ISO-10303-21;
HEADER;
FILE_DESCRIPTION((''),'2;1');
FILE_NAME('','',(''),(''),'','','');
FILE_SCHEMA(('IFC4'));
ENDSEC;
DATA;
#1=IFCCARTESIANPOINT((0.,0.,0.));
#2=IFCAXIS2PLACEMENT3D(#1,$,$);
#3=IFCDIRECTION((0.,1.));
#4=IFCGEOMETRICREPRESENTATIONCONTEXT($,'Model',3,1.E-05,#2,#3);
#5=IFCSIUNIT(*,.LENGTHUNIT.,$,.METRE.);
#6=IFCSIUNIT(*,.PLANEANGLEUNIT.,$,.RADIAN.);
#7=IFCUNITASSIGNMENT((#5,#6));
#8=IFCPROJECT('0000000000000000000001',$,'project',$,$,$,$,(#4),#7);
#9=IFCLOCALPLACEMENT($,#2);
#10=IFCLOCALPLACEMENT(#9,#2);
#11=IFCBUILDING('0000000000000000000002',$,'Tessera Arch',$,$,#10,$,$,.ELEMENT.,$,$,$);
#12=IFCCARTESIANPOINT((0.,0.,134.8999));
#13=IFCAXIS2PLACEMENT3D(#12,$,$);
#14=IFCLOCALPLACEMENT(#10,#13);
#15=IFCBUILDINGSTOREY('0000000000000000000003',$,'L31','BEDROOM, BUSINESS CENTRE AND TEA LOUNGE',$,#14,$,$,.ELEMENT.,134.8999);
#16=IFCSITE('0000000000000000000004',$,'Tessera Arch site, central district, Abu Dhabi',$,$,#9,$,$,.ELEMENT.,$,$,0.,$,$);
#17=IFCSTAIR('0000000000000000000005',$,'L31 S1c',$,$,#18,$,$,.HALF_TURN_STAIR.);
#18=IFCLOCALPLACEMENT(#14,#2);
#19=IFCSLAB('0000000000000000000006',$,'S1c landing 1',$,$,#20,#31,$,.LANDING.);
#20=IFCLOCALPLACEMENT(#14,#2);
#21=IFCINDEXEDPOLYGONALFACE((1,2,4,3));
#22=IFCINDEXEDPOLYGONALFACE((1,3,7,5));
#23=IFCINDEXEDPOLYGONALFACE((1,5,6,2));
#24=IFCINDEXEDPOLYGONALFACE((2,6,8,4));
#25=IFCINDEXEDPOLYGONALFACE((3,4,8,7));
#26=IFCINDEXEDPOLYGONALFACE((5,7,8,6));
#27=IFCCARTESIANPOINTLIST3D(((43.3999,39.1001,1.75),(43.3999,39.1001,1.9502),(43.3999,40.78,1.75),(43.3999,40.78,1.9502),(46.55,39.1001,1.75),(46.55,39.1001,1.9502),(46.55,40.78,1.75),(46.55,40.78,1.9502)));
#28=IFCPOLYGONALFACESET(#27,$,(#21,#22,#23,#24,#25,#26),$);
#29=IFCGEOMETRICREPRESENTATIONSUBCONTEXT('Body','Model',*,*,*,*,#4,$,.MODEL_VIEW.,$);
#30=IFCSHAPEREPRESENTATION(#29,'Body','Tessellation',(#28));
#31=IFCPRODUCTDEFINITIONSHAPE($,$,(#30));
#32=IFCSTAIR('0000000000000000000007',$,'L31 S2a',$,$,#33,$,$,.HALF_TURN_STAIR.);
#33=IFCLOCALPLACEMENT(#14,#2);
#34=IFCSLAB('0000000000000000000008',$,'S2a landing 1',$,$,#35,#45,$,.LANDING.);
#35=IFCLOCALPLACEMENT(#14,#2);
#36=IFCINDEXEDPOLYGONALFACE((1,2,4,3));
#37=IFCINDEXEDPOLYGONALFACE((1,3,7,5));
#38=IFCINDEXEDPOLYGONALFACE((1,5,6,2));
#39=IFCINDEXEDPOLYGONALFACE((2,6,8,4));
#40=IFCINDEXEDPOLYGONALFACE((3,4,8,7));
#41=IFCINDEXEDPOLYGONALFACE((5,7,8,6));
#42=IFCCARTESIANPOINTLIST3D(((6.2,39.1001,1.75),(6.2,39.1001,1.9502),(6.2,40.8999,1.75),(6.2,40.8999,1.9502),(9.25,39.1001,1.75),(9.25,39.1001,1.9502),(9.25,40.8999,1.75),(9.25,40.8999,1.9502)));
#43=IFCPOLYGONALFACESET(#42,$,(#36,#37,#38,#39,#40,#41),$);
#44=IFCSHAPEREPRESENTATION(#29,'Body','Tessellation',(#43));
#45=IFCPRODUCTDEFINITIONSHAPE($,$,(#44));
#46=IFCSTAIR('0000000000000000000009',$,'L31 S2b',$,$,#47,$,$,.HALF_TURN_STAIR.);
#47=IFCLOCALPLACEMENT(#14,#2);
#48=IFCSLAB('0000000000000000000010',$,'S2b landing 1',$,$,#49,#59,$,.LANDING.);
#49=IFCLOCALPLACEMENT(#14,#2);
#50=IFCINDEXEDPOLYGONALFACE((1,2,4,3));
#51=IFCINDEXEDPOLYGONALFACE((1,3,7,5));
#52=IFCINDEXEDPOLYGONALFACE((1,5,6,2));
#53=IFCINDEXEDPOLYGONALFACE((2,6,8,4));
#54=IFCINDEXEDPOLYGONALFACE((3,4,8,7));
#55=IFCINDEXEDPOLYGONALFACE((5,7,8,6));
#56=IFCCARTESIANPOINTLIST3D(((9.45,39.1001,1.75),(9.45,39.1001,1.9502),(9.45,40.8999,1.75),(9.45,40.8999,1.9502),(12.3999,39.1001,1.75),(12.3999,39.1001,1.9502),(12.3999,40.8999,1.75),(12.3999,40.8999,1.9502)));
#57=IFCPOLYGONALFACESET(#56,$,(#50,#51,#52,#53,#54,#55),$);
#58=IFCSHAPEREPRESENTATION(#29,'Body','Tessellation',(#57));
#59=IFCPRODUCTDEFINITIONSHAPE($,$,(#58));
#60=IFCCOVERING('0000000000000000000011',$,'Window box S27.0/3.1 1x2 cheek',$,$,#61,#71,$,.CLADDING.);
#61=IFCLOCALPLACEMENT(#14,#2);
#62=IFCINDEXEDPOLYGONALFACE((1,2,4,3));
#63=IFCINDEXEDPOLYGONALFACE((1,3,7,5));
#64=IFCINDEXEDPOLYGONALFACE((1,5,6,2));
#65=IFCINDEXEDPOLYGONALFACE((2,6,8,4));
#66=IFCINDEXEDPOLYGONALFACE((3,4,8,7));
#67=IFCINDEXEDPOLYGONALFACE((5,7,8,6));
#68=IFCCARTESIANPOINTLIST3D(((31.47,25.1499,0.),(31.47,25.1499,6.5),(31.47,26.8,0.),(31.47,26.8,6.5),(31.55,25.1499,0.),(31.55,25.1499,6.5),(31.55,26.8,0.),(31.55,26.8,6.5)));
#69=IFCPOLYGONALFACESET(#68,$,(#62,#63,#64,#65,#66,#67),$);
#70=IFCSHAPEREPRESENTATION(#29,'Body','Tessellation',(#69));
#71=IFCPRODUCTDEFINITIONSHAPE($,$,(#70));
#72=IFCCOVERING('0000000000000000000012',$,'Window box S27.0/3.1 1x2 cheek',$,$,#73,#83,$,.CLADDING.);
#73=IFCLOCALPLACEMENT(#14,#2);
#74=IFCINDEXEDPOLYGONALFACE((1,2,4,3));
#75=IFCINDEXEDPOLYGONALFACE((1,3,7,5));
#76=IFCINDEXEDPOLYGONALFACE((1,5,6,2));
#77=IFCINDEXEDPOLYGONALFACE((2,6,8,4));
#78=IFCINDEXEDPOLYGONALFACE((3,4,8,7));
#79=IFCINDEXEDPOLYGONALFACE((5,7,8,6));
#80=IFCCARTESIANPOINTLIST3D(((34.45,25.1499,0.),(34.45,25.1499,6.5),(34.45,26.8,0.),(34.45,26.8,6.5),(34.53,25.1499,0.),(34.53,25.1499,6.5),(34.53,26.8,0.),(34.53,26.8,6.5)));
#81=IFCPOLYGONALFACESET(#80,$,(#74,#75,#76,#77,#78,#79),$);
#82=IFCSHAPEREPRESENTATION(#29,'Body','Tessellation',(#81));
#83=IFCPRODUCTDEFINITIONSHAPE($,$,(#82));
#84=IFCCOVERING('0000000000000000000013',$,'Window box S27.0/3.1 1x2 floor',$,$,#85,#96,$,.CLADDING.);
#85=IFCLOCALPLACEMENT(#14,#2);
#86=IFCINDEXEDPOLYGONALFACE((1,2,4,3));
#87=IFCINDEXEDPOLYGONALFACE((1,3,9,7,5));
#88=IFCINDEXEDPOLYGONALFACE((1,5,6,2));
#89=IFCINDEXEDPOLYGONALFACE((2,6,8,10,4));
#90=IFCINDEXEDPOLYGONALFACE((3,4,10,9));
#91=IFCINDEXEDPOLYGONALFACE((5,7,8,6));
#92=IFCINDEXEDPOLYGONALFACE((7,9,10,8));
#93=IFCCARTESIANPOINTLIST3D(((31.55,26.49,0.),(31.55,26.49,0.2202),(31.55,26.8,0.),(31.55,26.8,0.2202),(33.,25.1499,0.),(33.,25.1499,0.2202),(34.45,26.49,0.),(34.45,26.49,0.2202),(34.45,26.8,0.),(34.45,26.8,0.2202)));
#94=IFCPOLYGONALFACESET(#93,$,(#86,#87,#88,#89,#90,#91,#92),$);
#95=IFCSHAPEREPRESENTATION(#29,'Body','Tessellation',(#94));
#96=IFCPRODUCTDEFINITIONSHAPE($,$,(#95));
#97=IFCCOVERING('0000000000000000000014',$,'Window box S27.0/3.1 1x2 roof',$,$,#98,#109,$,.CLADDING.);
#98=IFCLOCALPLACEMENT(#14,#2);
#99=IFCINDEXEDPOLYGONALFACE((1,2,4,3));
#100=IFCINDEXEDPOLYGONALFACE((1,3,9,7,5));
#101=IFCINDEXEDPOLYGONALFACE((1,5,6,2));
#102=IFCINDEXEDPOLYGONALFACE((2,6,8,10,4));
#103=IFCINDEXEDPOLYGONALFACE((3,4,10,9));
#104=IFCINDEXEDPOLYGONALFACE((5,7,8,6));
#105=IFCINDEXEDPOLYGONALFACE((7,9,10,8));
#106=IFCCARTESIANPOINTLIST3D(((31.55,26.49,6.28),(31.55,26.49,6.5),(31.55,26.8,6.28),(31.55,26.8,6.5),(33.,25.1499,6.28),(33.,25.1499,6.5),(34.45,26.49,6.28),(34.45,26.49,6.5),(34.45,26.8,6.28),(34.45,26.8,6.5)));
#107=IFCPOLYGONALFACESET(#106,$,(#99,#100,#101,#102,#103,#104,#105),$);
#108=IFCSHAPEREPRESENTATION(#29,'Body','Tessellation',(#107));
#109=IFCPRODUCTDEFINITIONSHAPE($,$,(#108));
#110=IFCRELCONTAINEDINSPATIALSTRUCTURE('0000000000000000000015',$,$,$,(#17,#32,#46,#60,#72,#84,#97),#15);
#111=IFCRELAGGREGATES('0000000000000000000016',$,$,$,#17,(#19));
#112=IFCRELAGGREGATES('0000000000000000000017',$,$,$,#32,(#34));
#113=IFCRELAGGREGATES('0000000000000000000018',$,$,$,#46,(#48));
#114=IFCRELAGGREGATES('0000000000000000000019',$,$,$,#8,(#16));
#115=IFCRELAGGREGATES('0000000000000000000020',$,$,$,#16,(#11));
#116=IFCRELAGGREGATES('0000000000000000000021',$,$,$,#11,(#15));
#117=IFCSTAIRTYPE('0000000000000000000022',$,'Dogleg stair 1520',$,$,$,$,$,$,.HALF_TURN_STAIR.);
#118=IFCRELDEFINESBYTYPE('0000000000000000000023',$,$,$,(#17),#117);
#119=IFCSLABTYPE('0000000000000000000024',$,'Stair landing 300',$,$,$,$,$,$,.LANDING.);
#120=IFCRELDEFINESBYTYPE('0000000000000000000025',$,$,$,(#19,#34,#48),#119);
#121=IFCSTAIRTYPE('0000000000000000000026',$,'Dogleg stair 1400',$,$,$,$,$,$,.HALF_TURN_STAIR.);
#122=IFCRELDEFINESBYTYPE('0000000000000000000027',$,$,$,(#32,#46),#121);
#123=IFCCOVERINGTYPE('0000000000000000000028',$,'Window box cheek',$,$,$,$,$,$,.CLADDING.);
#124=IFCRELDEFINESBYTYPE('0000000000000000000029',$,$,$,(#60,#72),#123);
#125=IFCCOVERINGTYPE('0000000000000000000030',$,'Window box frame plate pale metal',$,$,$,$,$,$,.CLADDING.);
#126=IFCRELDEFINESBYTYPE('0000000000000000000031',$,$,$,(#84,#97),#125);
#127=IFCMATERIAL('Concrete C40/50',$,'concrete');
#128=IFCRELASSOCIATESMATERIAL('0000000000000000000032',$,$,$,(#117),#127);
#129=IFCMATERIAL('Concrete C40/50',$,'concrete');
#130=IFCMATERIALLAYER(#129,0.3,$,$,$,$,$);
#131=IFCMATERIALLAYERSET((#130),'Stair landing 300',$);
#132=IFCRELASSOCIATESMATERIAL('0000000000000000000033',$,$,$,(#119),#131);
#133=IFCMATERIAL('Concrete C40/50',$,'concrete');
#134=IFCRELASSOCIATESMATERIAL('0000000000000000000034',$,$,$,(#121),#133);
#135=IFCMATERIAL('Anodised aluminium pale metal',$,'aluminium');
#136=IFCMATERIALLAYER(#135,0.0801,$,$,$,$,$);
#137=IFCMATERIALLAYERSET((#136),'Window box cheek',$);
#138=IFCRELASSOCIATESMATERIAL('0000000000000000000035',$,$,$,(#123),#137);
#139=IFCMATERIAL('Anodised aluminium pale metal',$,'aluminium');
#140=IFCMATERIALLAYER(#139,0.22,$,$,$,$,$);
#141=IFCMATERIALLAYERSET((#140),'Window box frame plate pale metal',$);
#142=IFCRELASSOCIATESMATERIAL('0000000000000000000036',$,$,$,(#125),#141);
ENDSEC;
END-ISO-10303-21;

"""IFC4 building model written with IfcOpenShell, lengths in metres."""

from ifc_helpers import new_model, si_unit, direction, frame, origin, place, context, subcontext, project, spatial, polyline, outline, extrude, material, layer, layer_set, type_object, element, aggregate, save


model = new_model("IFC4")

# Units and contexts
model_context = context("Model", 3, precision=1e-05, world=origin(), true_north=direction((0.0, 1.0)))
body_context = subcontext(model_context, "Body", "Model", "MODEL_VIEW")
ifc_project = project(units=[si_unit("LENGTHUNIT", "METRE"), si_unit("PLANEANGLEUNIT", "RADIAN")], contexts=[model_context])

# Site, building, storey
site_placement = place(None, origin())
site = spatial("IfcSite", under=ifc_project, at=site_placement, Name="Tessera Arch site, central district, Abu Dhabi", CompositionType="ELEMENT", RefElevation=0.0)
building_placement = place(site_placement, origin())
building = spatial("IfcBuilding", under=site, at=building_placement, Name="Tessera Arch", CompositionType="ELEMENT")
storey_placement = place(building_placement, frame((0.0, 0.0, 134.8999)))
storey = spatial("IfcBuildingStorey", under=building, at=storey_placement, Name="L31", Description="BEDROOM, BUSINESS CENTRE AND TEA LOUNGE", CompositionType="ELEMENT", Elevation=134.8999)

# Stairs, slabs
ifc_material_1 = material(Name="Concrete C40/50", Category="concrete")
stair_type_1 = type_object("IfcStairType", Name="Dogleg stair 1520", PredefinedType="HALF_TURN_STAIR", material=ifc_material_1)
ifc_material_2 = material(Name="Concrete C40/50", Category="concrete")
ifc_layer_1 = layer(ifc_material_2, 0.3)
ifc_layer_set_1 = layer_set([ifc_layer_1], Name="Stair landing 300")
slab_type_1 = type_object("IfcSlabType", Name="Stair landing 300", PredefinedType="LANDING", material=ifc_layer_set_1)
stair_1_placement = place(storey_placement, origin())
stair_1 = element("IfcStair", 1, at=stair_1_placement, inside=storey, type_object=stair_type_1, Name="L31 S1c", PredefinedType="HALF_TURN_STAIR")
slab_1_placement = place(storey_placement, frame((0.0, 0.0, 1.75)))
slab_1 = element("IfcSlab", 2, at=slab_1_placement, type_object=slab_type_1, Name="S1c landing 1", PredefinedType="LANDING", context=body_context, shape_type="SweptSolid", body=[
    extrude(outline(polyline([(43.3999, 40.78), (43.3999, 39.1001), (46.55, 39.1001), (46.55, 40.78), (43.3999, 40.78)])), origin(), (0.0, 0.0, 1.0), 0.2002),
])
aggregate(stair_1, [slab_1])
ifc_material_3 = material(Name="Concrete C40/50", Category="concrete")
stair_type_2 = type_object("IfcStairType", Name="Dogleg stair 1400", PredefinedType="HALF_TURN_STAIR", material=ifc_material_3)
stair_2_placement = place(storey_placement, origin())
stair_2 = element("IfcStair", 3, at=stair_2_placement, inside=storey, type_object=stair_type_2, Name="L31 S2a", PredefinedType="HALF_TURN_STAIR")
slab_2_placement = place(storey_placement, frame((0.0, 0.0, 1.75)))
slab_2 = element("IfcSlab", 4, at=slab_2_placement, type_object=slab_type_1, Name="S2a landing 1", PredefinedType="LANDING", context=body_context, shape_type="SweptSolid", body=[
    extrude(outline(polyline([(6.2, 40.8999), (6.2, 39.1001), (9.25, 39.1001), (9.25, 40.8999), (6.2, 40.8999)])), origin(), (0.0, 0.0, 1.0), 0.2002),
])
aggregate(stair_2, [slab_2])
stair_3_placement = place(storey_placement, origin())
stair_3 = element("IfcStair", 5, at=stair_3_placement, inside=storey, type_object=stair_type_2, Name="L31 S2b", PredefinedType="HALF_TURN_STAIR")
slab_3_placement = place(storey_placement, frame((0.0, 0.0, 1.75)))
slab_3 = element("IfcSlab", 6, at=slab_3_placement, type_object=slab_type_1, Name="S2b landing 1", PredefinedType="LANDING", context=body_context, shape_type="SweptSolid", body=[
    extrude(outline(polyline([(9.45, 40.8999), (9.45, 39.1001), (12.3999, 39.1001), (12.3999, 40.8999), (9.45, 40.8999)])), origin(), (0.0, 0.0, 1.0), 0.2002),
])
aggregate(stair_3, [slab_3])

# Coverings
ifc_material_4 = material(Name="Anodised aluminium pale metal", Category="aluminium")
ifc_layer_2 = layer(ifc_material_4, 0.0801)
ifc_layer_set_2 = layer_set([ifc_layer_2], Name="Window box cheek")
covering_type_1 = type_object("IfcCoveringType", Name="Window box cheek", PredefinedType="CLADDING", material=ifc_layer_set_2)
covering_1_placement = place(storey_placement, origin())
element("IfcCovering", 7, at=covering_1_placement, inside=storey, type_object=covering_type_1, Name="Window box S27.0/3.1 1x2 cheek", PredefinedType="CLADDING", context=body_context, shape_type="SweptSolid", body=[
    extrude(outline(polyline([(31.47, 25.1499), (31.55, 25.1499), (31.55, 26.8), (31.47, 26.8), (31.47, 25.1499)])), origin(), (0.0, 0.0, 1.0), 6.5),
])
covering_2_placement = place(storey_placement, origin())
element("IfcCovering", 8, at=covering_2_placement, inside=storey, type_object=covering_type_1, Name="Window box S27.0/3.1 1x2 cheek", PredefinedType="CLADDING", context=body_context, shape_type="SweptSolid", body=[
    extrude(outline(polyline([(34.45, 25.1499), (34.53, 25.1499), (34.53, 26.8), (34.45, 26.8), (34.45, 25.1499)])), origin(), (0.0, 0.0, 1.0), 6.5),
])
ifc_material_5 = material(Name="Anodised aluminium pale metal", Category="aluminium")
ifc_layer_3 = layer(ifc_material_5, 0.22)
ifc_layer_set_3 = layer_set([ifc_layer_3], Name="Window box frame plate pale metal")
covering_type_2 = type_object("IfcCoveringType", Name="Window box frame plate pale metal", PredefinedType="CLADDING", material=ifc_layer_set_3)
covering_3_placement = place(storey_placement, origin())
element("IfcCovering", 9, at=covering_3_placement, inside=storey, type_object=covering_type_2, Name="Window box S27.0/3.1 1x2 floor", PredefinedType="CLADDING", context=body_context, shape_type="SweptSolid", body=[
    extrude(outline(polyline([(31.55, 26.49), (33.0, 25.1499), (34.45, 26.49), (34.45, 26.8), (31.55, 26.8), (31.55, 26.49)])), origin(), (0.0, 0.0, 1.0), 0.2202),
])
covering_4_placement = place(storey_placement, frame((0.0, 0.0, 6.28)))
element("IfcCovering", 10, at=covering_4_placement, inside=storey, type_object=covering_type_2, Name="Window box S27.0/3.1 1x2 roof", PredefinedType="CLADDING", context=body_context, shape_type="SweptSolid", body=[
    extrude(outline(polyline([(31.55, 26.49), (33.0, 25.1499), (34.45, 26.49), (34.45, 26.8), (31.55, 26.8), (31.55, 26.49)])), origin(), (0.0, 0.0, 1.0), 0.22),
])

save(model, "model.ifc")
